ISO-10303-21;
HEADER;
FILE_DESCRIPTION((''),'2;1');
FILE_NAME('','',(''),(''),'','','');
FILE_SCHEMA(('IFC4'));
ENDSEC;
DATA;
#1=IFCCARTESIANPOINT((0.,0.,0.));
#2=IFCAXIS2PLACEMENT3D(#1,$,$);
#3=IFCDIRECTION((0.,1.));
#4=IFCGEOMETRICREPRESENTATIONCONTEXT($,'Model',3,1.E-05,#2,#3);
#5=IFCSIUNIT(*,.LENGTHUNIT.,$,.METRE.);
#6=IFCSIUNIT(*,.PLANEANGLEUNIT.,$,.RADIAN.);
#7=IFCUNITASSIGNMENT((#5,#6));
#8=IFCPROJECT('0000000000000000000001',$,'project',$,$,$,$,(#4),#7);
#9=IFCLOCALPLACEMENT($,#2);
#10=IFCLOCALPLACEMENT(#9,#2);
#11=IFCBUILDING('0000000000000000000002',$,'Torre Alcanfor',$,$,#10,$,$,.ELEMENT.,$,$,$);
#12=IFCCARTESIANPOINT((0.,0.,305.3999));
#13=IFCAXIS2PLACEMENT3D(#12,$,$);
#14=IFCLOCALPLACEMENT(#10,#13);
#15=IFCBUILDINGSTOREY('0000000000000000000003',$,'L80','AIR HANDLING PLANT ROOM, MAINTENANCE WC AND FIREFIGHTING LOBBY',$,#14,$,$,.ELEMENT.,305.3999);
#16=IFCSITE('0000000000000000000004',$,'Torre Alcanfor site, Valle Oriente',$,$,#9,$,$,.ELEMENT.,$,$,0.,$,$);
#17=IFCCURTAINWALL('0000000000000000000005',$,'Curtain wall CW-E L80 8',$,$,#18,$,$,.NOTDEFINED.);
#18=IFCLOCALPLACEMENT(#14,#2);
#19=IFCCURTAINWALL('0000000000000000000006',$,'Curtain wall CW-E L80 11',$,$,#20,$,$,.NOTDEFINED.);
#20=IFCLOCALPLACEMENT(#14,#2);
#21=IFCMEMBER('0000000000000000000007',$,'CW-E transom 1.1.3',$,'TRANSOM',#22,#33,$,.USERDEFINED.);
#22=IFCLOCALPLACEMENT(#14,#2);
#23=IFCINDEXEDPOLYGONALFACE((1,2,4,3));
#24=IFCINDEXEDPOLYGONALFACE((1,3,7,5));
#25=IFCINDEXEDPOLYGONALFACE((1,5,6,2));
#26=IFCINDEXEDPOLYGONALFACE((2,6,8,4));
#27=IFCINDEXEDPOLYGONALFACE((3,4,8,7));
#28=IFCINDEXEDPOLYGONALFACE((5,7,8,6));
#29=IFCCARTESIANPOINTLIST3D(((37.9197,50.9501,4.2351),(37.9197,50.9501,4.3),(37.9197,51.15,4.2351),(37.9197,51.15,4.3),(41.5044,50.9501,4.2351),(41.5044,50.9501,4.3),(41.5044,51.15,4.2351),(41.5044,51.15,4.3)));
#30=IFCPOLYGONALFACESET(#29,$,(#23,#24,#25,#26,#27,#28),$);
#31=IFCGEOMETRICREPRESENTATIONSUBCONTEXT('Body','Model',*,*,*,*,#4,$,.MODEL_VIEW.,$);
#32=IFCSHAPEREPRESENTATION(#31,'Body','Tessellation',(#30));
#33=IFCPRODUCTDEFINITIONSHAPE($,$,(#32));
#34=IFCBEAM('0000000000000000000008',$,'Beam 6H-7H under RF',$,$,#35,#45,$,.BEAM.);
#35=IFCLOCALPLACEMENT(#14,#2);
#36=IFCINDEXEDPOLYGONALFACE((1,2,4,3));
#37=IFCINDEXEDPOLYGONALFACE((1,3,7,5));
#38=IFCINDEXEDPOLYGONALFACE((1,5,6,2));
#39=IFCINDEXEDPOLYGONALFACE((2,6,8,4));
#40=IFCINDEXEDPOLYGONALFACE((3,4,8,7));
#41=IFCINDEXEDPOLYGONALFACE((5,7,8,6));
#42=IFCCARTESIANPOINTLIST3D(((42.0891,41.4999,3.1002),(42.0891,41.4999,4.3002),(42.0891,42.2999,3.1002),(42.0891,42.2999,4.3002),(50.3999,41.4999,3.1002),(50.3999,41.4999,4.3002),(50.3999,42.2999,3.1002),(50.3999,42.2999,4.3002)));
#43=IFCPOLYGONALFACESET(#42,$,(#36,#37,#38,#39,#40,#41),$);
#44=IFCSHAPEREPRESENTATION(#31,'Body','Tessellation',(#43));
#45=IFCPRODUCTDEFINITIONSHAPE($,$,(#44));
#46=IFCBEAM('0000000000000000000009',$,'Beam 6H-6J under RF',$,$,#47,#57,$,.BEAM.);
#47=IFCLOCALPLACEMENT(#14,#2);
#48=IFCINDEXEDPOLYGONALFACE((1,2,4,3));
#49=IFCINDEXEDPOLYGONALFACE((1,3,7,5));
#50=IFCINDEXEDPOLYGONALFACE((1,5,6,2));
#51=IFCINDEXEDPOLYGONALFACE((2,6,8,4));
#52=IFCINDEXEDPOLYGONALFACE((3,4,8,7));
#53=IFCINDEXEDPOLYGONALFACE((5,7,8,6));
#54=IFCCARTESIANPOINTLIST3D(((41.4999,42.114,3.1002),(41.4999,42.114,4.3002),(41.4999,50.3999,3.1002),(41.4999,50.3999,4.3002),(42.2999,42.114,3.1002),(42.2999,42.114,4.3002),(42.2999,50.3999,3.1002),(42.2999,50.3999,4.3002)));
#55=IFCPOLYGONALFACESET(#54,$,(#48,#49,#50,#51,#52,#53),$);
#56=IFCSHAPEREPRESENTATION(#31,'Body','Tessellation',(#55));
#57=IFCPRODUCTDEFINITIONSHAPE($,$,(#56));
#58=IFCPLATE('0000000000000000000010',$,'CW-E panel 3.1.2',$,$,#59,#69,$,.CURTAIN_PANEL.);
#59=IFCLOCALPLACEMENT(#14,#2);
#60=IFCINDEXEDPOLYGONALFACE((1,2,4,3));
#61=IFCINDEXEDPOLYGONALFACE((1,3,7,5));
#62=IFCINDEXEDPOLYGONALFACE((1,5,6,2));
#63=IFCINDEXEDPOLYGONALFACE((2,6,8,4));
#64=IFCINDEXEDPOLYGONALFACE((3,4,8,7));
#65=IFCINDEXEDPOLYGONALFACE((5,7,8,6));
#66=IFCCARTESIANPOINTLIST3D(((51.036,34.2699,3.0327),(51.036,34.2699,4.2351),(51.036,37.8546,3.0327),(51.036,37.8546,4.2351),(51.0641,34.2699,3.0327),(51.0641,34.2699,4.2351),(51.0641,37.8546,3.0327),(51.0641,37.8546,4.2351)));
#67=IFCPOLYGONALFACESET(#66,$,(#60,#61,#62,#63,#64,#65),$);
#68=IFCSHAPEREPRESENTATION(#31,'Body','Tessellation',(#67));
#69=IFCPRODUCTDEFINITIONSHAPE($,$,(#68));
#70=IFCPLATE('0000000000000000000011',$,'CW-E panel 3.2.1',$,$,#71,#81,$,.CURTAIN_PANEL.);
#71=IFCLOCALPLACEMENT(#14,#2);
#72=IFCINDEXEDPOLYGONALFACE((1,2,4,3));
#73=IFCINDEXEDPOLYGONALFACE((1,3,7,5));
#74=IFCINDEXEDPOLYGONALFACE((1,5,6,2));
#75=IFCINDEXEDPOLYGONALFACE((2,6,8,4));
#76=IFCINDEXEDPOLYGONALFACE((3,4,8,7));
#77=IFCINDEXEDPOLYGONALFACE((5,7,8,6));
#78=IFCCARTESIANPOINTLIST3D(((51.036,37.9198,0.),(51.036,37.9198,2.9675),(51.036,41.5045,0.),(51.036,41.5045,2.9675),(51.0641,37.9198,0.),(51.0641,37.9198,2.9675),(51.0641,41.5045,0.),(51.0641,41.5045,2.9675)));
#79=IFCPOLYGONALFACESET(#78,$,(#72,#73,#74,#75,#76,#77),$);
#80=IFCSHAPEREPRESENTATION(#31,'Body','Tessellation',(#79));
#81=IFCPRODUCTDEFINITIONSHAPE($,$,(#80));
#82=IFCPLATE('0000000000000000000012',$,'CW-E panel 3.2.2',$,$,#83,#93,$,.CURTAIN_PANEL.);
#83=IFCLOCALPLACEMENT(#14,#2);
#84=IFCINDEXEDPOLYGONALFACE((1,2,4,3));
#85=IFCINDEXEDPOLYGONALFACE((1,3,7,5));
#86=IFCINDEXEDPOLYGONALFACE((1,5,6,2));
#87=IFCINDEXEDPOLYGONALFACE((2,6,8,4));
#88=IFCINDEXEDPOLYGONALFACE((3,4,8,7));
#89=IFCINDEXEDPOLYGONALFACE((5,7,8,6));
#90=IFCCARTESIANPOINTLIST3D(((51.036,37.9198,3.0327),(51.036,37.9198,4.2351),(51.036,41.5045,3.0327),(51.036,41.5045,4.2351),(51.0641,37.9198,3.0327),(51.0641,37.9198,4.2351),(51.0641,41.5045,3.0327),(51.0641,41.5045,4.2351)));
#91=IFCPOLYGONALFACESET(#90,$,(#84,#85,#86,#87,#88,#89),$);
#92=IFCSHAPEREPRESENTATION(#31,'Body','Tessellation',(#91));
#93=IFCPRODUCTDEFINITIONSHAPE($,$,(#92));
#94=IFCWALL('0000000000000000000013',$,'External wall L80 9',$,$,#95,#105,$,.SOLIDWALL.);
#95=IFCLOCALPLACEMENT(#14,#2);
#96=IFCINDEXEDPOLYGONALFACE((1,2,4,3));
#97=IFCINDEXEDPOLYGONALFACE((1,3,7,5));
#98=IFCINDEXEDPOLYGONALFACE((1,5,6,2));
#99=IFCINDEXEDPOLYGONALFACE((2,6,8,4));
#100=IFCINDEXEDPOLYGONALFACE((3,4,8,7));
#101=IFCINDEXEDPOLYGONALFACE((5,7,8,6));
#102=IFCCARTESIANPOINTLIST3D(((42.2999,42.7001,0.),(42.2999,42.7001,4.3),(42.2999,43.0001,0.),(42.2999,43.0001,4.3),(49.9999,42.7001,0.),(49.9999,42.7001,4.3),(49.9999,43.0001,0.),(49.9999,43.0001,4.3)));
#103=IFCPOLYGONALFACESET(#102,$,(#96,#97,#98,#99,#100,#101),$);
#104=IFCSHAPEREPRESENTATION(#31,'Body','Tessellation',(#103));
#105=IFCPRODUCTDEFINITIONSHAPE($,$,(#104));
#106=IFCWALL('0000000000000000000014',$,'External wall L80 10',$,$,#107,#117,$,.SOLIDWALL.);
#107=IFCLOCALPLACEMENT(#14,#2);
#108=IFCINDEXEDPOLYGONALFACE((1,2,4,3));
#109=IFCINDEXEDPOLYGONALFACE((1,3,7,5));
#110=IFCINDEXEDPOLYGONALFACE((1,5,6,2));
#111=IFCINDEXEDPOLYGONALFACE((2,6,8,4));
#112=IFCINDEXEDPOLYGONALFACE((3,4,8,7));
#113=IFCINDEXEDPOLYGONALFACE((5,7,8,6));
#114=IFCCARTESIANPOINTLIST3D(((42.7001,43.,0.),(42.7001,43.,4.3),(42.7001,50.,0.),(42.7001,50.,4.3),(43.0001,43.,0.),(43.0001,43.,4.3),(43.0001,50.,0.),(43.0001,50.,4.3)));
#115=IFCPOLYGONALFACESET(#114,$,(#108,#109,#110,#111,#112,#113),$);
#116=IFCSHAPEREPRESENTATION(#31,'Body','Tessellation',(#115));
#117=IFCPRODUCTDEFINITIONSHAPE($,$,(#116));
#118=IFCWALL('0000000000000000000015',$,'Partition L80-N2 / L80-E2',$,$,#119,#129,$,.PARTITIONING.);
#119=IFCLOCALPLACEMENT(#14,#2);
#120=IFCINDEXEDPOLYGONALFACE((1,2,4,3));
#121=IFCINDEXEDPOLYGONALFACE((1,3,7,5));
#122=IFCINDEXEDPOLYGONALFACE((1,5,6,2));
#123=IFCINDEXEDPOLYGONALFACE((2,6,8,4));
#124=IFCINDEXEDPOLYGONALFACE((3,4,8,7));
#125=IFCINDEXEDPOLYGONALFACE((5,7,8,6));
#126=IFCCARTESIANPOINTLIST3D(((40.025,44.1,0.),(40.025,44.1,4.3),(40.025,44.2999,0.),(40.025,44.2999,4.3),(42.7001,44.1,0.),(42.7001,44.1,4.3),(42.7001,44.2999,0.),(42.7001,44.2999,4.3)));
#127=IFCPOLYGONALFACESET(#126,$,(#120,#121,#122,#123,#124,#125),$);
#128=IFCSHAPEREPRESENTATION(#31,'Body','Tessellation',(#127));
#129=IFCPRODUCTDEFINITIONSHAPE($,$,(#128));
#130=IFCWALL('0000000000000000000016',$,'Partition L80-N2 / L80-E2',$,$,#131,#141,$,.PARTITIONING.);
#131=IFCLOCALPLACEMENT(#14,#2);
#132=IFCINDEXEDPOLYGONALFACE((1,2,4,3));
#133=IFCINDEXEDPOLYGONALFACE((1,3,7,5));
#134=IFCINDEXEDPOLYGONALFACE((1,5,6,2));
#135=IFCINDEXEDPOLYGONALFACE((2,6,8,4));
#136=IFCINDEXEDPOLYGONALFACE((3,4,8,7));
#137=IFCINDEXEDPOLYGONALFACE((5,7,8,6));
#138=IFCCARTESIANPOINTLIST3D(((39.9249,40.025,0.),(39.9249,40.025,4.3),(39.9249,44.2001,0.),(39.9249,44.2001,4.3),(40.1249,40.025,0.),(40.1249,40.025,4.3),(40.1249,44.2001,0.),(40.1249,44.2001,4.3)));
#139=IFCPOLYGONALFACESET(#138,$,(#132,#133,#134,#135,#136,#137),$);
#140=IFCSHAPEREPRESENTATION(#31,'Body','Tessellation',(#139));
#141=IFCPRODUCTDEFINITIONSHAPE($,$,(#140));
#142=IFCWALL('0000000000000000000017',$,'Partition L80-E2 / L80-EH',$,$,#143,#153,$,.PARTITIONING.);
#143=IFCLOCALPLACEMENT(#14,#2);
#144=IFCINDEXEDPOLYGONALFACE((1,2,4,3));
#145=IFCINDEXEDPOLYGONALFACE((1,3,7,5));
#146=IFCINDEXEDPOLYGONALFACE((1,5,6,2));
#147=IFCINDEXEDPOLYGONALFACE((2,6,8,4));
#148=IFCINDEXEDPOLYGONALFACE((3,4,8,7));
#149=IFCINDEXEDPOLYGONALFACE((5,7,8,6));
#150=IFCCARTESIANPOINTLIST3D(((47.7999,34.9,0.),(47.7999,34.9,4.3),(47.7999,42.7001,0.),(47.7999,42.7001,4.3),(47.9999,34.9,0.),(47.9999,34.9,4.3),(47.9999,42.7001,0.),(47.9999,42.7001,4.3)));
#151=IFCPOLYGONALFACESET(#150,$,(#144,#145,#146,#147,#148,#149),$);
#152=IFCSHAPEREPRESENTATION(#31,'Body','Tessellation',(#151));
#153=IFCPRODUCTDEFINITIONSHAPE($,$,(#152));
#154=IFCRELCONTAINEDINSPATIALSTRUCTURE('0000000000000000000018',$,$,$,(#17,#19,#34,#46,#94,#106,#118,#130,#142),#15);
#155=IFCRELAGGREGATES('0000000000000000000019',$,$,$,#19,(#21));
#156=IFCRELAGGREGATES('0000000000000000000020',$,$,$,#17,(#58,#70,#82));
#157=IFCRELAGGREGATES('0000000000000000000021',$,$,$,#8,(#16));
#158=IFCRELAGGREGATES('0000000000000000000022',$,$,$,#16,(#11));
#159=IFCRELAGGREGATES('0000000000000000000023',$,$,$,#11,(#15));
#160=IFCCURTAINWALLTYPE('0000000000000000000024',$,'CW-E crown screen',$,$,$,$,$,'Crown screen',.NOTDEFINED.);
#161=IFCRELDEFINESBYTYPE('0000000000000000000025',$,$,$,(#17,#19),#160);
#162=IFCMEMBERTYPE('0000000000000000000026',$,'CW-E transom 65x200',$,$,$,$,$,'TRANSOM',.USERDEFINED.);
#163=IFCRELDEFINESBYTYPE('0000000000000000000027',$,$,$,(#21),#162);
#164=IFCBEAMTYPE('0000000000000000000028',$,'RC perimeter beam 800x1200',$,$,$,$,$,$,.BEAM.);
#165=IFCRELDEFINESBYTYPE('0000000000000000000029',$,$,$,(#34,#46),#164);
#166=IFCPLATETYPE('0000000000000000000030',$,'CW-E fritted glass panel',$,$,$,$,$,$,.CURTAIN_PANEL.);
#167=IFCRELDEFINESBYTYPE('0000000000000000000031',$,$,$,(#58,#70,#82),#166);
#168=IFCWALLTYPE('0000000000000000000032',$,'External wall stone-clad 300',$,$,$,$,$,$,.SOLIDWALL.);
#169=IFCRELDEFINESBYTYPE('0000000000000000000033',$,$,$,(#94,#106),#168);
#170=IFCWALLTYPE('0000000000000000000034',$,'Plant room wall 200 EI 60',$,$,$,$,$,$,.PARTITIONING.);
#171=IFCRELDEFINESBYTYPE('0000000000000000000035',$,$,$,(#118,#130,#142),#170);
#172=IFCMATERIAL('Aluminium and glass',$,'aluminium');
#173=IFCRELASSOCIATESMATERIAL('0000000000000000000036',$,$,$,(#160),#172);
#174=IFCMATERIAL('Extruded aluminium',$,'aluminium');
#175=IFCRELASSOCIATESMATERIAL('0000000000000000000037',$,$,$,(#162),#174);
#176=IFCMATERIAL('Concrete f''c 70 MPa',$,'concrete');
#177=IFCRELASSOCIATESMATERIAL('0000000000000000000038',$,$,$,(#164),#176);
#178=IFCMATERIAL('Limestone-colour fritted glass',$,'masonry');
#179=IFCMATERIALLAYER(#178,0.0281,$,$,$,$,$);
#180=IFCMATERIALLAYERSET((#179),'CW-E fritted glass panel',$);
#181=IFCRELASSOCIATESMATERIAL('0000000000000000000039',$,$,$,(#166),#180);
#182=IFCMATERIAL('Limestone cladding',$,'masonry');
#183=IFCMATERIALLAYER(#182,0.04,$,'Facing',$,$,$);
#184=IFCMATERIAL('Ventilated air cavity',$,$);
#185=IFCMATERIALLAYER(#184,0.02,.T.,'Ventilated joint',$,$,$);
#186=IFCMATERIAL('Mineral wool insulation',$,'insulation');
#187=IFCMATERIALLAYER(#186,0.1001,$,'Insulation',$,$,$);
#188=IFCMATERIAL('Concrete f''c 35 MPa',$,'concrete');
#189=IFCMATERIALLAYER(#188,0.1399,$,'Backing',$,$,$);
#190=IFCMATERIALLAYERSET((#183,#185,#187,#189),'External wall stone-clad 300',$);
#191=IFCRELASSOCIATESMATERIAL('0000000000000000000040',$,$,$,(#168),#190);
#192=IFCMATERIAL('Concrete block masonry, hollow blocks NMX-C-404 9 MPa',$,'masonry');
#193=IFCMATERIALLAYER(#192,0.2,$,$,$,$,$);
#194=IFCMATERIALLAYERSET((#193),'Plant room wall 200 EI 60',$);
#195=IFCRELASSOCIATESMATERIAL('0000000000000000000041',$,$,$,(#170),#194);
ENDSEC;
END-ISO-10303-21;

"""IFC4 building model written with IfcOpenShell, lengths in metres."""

from ifc_helpers import new_model, si_unit, direction, frame, frame_2d, origin, origin_2d, place, context, subcontext, project, spatial, rectangle, extrude, material, layer, layer_set, material_profile, profile_set, type_object, element, aggregate, save


model = new_model("IFC4")

# Units and contexts
model_context = context("Model", 3, precision=1e-05, world=origin(), true_north=direction((0.0, 1.0)))
body_context = subcontext(model_context, "Body", "Model", "MODEL_VIEW")
ifc_project = project(units=[si_unit("LENGTHUNIT", "METRE"), si_unit("PLANEANGLEUNIT", "RADIAN")], contexts=[model_context])

# Site, building, storey
site_placement = place(None, origin())
site = spatial("IfcSite", under=ifc_project, at=site_placement, Name="Torre Alcanfor site, Valle Oriente", CompositionType="ELEMENT", RefElevation=0.0)
building_placement = place(site_placement, origin())
building = spatial("IfcBuilding", under=site, at=building_placement, Name="Torre Alcanfor", CompositionType="ELEMENT")
storey_placement = place(building_placement, frame((0.0, 0.0, 305.3999)))
storey = spatial("IfcBuildingStorey", under=building, at=storey_placement, Name="L80", Description="AIR HANDLING PLANT ROOM, MAINTENANCE WC AND FIREFIGHTING LOBBY", CompositionType="ELEMENT", Elevation=305.3999)

# Curtain wall
ifc_material_1 = material(Name="Aluminium and glass", Category="aluminium")
curtain_wall_type = type_object("IfcCurtainWallType", Name="CW-E crown screen", ElementType="Crown screen", PredefinedType="NOTDEFINED", material=ifc_material_1)
curtain_wall_1_placement = place(storey_placement, origin())
curtain_wall_1 = element("IfcCurtainWall", 1, at=curtain_wall_1_placement, inside=storey, type_object=curtain_wall_type, Name="Curtain wall CW-E L80 8", PredefinedType="NOTDEFINED")

# Curtain wall
curtain_wall_2_placement = place(storey_placement, origin())
curtain_wall_2 = element("IfcCurtainWall", 2, at=curtain_wall_2_placement, inside=storey, type_object=curtain_wall_type, Name="Curtain wall CW-E L80 11", PredefinedType="NOTDEFINED")

# Member
ifc_material_2 = material(Name="Extruded aluminium", Category="aluminium")
ifc_material_profile_1 = material_profile(ifc_material_2, rectangle(XDim=0.2, YDim=0.0649, at=origin_2d()), Name="CW-E transom 200x65")
ifc_profile_set_1 = profile_set([ifc_material_profile_1], Name="Extruded aluminium")
member_type_1 = type_object("IfcMemberType", Name="CW-E transom 65x200", ElementType="TRANSOM", PredefinedType="USERDEFINED", material=ifc_profile_set_1)
member_1_placement = place(storey_placement, frame((41.5044, 51.05, 4.2676), z_axis=(-1.0, 0.0, 0.0), x_axis=(0.0, -1.0, 0.0)))
member_1 = element("IfcMember", 3, at=member_1_placement, type_object=member_type_1, Name="CW-E transom 1.1.3", ObjectType="TRANSOM", PredefinedType="USERDEFINED", context=body_context, shape_type="SweptSolid", body=[
    extrude(rectangle(XDim=0.2, YDim=0.0649, at=origin_2d()), origin(), (0.0, 0.0, 1.0), 3.5847),
])
aggregate(curtain_wall_2, [member_1])

# Beams
ifc_material_3 = material(Name="Concrete f'c 70 MPa", Category="concrete")
ifc_material_profile_2 = material_profile(ifc_material_3, rectangle(XDim=0.8, YDim=1.2, at=origin_2d()), Name="800x1200")
ifc_profile_set_2 = profile_set([ifc_material_profile_2], Name="Concrete f'c 70 MPa")
beam_type = type_object("IfcBeamType", Name="RC perimeter beam 800x1200", PredefinedType="BEAM", material=ifc_profile_set_2)
beam_1_placement = place(storey_placement, frame((42.0891, 41.8999, 3.7002), z_axis=(1.0, 0.0, 0.0), x_axis=(0.0, 1.0, 0.0)))
element("IfcBeam", 4, at=beam_1_placement, inside=storey, type_object=beam_type, Name="Beam 6H-7H under RF", PredefinedType="BEAM", context=body_context, shape_type="SweptSolid", body=[
    extrude(rectangle(XDim=0.8, YDim=1.2, at=origin_2d()), origin(), (0.0, 0.0, 1.0), 8.3108),
])
beam_2_placement = place(storey_placement, frame((41.8999, 42.114, 3.7002), z_axis=(0.0, 1.0, 0.0), x_axis=(-1.0, 0.0, 0.0)))
element("IfcBeam", 5, at=beam_2_placement, inside=storey, type_object=beam_type, Name="Beam 6H-6J under RF", PredefinedType="BEAM", context=body_context, shape_type="SweptSolid", body=[
    extrude(rectangle(XDim=0.8, YDim=1.2, at=origin_2d()), origin(), (0.0, 0.0, 1.0), 8.2859),
])

# Plates
ifc_material_4 = material(Name="Limestone-colour fritted glass", Category="masonry")
ifc_layer_1 = layer(ifc_material_4, 0.0281)
ifc_layer_set_1 = layer_set([ifc_layer_1], Name="CW-E fritted glass panel")
plate_type = type_object("IfcPlateType", Name="CW-E fritted glass panel", PredefinedType="CURTAIN_PANEL", material=ifc_layer_set_1)
plate_1_placement = place(storey_placement, frame((51.05, 36.0623, 3.0327), z_axis=(0.0, 0.0, 1.0), x_axis=(0.0, 1.0, 0.0)))
plate_1 = element("IfcPlate", 6, at=plate_1_placement, type_object=plate_type, Name="CW-E panel 3.1.2", PredefinedType="CURTAIN_PANEL", context=body_context, shape_type="SweptSolid", body=[
    extrude(rectangle(XDim=3.5847, YDim=0.0281, at=origin_2d()), origin(), (0.0, 0.0, 1.0), 1.2024),
])
plate_2_placement = place(storey_placement, frame((51.05, 39.7122, 0.0), z_axis=(0.0, 0.0, 1.0), x_axis=(0.0, 1.0, 0.0)))
plate_2 = element("IfcPlate", 7, at=plate_2_placement, type_object=plate_type, Name="CW-E panel 3.2.1", PredefinedType="CURTAIN_PANEL", context=body_context, shape_type="SweptSolid", body=[
    extrude(rectangle(XDim=3.5847, YDim=0.0281, at=origin_2d()), origin(), (0.0, 0.0, 1.0), 2.9675),
])
plate_3_placement = place(storey_placement, frame((51.05, 39.7122, 3.0327), z_axis=(0.0, 0.0, 1.0), x_axis=(0.0, 1.0, 0.0)))
plate_3 = element("IfcPlate", 8, at=plate_3_placement, type_object=plate_type, Name="CW-E panel 3.2.2", PredefinedType="CURTAIN_PANEL", context=body_context, shape_type="SweptSolid", body=[
    extrude(rectangle(XDim=3.5847, YDim=0.0281, at=origin_2d()), origin(), (0.0, 0.0, 1.0), 1.2024),
])
aggregate(curtain_wall_1, [plate_1, plate_2, plate_3])

# Walls
ifc_material_5 = material(Name="Limestone cladding", Category="masonry")
ifc_layer_2 = layer(ifc_material_5, 0.04, Name="Facing")
ifc_material_6 = material(Name="Ventilated air cavity")
ifc_layer_3 = layer(ifc_material_6, 0.02, ventilated=True, Name="Ventilated joint")
ifc_material_7 = material(Name="Mineral wool insulation", Category="insulation")
ifc_layer_4 = layer(ifc_material_7, 0.1001, Name="Insulation")
ifc_material_8 = material(Name="Concrete f'c 35 MPa", Category="concrete")
ifc_layer_5 = layer(ifc_material_8, 0.1399, Name="Backing")
ifc_layer_set_2 = layer_set([ifc_layer_2, ifc_layer_3, ifc_layer_4, ifc_layer_5], Name="External wall stone-clad 300")
wall_type_1 = type_object("IfcWallType", Name="External wall stone-clad 300", PredefinedType="SOLIDWALL", material=ifc_layer_set_2)
wall_1_placement = place(storey_placement, frame((50.0, 42.8501, 0.0), z_axis=(0.0, 0.0, 1.0), x_axis=(-1.0, 0.0, 0.0)))
element("IfcWall", 9, at=wall_1_placement, inside=storey, type_object=wall_type_1, Name="External wall L80 9", PredefinedType="SOLIDWALL", context=body_context, shape_type="SweptSolid", body=[
    extrude(rectangle(XDim=7.7, YDim=0.3, at=frame_2d((3.8501, 0.0))), origin(), (0.0, 0.0, 1.0), 4.3),
])
wall_2_placement = place(storey_placement, frame((42.8501, 43.0, 0.0), z_axis=(0.0, 0.0, 1.0), x_axis=(0.0, 1.0, 0.0)))
element("IfcWall", 10, at=wall_2_placement, inside=storey, type_object=wall_type_1, Name="External wall L80 10", PredefinedType="SOLIDWALL", context=body_context, shape_type="SweptSolid", body=[
    extrude(rectangle(XDim=7.0, YDim=0.3, at=frame_2d((3.5, 0.0))), origin(), (0.0, 0.0, 1.0), 4.3),
])

# Shared definitions
ifc_material_9 = material(Name="Concrete block masonry, hollow blocks NMX-C-404 9 MPa", Category="masonry")
ifc_layer_6 = layer(ifc_material_9, 0.2)
ifc_layer_set_3 = layer_set([ifc_layer_6], Name="Plant room wall 200 EI 60")
wall_type_2 = type_object("IfcWallType", Name="Plant room wall 200 EI 60", PredefinedType="PARTITIONING", material=ifc_layer_set_3)

# Walls
wall_3_placement = place(storey_placement, frame((42.7, 44.2, 0.0), z_axis=(0.0, 0.0, 1.0), x_axis=(-1.0, 0.0, 0.0)))
element("IfcWall", 11, at=wall_3_placement, inside=storey, type_object=wall_type_2, Name="Partition L80-N2 / L80-E2", PredefinedType="PARTITIONING", context=body_context, shape_type="SweptSolid", body=[
    extrude(rectangle(XDim=2.675, YDim=0.2, at=frame_2d((1.3374, 0.0))), origin(), (0.0, 0.0, 1.0), 4.3),
])
wall_4_placement = place(storey_placement, frame((40.0249, 44.2, 0.0), z_axis=(0.0, 0.0, 1.0), x_axis=(0.0, -1.0, 0.0)))
element("IfcWall", 12, at=wall_4_placement, inside=storey, type_object=wall_type_2, Name="Partition L80-N2 / L80-E2", PredefinedType="PARTITIONING", context=body_context, shape_type="SweptSolid", body=[
    extrude(rectangle(XDim=4.175, YDim=0.2, at=frame_2d((2.0874, 0.0))), origin(), (0.0, 0.0, 1.0), 4.3),
])
wall_5_placement = place(storey_placement, frame((47.8999, 42.7, 0.0), z_axis=(0.0, 0.0, 1.0), x_axis=(0.0, -1.0, 0.0)))
element("IfcWall", 13, at=wall_5_placement, inside=storey, type_object=wall_type_2, Name="Partition L80-E2 / L80-EH", PredefinedType="PARTITIONING", context=body_context, shape_type="SweptSolid", body=[
    extrude(rectangle(XDim=7.8, YDim=0.2, at=frame_2d((3.8999, 0.0))), origin(), (0.0, 0.0, 1.0), 4.3),
])

save(model, "model.ifc")
